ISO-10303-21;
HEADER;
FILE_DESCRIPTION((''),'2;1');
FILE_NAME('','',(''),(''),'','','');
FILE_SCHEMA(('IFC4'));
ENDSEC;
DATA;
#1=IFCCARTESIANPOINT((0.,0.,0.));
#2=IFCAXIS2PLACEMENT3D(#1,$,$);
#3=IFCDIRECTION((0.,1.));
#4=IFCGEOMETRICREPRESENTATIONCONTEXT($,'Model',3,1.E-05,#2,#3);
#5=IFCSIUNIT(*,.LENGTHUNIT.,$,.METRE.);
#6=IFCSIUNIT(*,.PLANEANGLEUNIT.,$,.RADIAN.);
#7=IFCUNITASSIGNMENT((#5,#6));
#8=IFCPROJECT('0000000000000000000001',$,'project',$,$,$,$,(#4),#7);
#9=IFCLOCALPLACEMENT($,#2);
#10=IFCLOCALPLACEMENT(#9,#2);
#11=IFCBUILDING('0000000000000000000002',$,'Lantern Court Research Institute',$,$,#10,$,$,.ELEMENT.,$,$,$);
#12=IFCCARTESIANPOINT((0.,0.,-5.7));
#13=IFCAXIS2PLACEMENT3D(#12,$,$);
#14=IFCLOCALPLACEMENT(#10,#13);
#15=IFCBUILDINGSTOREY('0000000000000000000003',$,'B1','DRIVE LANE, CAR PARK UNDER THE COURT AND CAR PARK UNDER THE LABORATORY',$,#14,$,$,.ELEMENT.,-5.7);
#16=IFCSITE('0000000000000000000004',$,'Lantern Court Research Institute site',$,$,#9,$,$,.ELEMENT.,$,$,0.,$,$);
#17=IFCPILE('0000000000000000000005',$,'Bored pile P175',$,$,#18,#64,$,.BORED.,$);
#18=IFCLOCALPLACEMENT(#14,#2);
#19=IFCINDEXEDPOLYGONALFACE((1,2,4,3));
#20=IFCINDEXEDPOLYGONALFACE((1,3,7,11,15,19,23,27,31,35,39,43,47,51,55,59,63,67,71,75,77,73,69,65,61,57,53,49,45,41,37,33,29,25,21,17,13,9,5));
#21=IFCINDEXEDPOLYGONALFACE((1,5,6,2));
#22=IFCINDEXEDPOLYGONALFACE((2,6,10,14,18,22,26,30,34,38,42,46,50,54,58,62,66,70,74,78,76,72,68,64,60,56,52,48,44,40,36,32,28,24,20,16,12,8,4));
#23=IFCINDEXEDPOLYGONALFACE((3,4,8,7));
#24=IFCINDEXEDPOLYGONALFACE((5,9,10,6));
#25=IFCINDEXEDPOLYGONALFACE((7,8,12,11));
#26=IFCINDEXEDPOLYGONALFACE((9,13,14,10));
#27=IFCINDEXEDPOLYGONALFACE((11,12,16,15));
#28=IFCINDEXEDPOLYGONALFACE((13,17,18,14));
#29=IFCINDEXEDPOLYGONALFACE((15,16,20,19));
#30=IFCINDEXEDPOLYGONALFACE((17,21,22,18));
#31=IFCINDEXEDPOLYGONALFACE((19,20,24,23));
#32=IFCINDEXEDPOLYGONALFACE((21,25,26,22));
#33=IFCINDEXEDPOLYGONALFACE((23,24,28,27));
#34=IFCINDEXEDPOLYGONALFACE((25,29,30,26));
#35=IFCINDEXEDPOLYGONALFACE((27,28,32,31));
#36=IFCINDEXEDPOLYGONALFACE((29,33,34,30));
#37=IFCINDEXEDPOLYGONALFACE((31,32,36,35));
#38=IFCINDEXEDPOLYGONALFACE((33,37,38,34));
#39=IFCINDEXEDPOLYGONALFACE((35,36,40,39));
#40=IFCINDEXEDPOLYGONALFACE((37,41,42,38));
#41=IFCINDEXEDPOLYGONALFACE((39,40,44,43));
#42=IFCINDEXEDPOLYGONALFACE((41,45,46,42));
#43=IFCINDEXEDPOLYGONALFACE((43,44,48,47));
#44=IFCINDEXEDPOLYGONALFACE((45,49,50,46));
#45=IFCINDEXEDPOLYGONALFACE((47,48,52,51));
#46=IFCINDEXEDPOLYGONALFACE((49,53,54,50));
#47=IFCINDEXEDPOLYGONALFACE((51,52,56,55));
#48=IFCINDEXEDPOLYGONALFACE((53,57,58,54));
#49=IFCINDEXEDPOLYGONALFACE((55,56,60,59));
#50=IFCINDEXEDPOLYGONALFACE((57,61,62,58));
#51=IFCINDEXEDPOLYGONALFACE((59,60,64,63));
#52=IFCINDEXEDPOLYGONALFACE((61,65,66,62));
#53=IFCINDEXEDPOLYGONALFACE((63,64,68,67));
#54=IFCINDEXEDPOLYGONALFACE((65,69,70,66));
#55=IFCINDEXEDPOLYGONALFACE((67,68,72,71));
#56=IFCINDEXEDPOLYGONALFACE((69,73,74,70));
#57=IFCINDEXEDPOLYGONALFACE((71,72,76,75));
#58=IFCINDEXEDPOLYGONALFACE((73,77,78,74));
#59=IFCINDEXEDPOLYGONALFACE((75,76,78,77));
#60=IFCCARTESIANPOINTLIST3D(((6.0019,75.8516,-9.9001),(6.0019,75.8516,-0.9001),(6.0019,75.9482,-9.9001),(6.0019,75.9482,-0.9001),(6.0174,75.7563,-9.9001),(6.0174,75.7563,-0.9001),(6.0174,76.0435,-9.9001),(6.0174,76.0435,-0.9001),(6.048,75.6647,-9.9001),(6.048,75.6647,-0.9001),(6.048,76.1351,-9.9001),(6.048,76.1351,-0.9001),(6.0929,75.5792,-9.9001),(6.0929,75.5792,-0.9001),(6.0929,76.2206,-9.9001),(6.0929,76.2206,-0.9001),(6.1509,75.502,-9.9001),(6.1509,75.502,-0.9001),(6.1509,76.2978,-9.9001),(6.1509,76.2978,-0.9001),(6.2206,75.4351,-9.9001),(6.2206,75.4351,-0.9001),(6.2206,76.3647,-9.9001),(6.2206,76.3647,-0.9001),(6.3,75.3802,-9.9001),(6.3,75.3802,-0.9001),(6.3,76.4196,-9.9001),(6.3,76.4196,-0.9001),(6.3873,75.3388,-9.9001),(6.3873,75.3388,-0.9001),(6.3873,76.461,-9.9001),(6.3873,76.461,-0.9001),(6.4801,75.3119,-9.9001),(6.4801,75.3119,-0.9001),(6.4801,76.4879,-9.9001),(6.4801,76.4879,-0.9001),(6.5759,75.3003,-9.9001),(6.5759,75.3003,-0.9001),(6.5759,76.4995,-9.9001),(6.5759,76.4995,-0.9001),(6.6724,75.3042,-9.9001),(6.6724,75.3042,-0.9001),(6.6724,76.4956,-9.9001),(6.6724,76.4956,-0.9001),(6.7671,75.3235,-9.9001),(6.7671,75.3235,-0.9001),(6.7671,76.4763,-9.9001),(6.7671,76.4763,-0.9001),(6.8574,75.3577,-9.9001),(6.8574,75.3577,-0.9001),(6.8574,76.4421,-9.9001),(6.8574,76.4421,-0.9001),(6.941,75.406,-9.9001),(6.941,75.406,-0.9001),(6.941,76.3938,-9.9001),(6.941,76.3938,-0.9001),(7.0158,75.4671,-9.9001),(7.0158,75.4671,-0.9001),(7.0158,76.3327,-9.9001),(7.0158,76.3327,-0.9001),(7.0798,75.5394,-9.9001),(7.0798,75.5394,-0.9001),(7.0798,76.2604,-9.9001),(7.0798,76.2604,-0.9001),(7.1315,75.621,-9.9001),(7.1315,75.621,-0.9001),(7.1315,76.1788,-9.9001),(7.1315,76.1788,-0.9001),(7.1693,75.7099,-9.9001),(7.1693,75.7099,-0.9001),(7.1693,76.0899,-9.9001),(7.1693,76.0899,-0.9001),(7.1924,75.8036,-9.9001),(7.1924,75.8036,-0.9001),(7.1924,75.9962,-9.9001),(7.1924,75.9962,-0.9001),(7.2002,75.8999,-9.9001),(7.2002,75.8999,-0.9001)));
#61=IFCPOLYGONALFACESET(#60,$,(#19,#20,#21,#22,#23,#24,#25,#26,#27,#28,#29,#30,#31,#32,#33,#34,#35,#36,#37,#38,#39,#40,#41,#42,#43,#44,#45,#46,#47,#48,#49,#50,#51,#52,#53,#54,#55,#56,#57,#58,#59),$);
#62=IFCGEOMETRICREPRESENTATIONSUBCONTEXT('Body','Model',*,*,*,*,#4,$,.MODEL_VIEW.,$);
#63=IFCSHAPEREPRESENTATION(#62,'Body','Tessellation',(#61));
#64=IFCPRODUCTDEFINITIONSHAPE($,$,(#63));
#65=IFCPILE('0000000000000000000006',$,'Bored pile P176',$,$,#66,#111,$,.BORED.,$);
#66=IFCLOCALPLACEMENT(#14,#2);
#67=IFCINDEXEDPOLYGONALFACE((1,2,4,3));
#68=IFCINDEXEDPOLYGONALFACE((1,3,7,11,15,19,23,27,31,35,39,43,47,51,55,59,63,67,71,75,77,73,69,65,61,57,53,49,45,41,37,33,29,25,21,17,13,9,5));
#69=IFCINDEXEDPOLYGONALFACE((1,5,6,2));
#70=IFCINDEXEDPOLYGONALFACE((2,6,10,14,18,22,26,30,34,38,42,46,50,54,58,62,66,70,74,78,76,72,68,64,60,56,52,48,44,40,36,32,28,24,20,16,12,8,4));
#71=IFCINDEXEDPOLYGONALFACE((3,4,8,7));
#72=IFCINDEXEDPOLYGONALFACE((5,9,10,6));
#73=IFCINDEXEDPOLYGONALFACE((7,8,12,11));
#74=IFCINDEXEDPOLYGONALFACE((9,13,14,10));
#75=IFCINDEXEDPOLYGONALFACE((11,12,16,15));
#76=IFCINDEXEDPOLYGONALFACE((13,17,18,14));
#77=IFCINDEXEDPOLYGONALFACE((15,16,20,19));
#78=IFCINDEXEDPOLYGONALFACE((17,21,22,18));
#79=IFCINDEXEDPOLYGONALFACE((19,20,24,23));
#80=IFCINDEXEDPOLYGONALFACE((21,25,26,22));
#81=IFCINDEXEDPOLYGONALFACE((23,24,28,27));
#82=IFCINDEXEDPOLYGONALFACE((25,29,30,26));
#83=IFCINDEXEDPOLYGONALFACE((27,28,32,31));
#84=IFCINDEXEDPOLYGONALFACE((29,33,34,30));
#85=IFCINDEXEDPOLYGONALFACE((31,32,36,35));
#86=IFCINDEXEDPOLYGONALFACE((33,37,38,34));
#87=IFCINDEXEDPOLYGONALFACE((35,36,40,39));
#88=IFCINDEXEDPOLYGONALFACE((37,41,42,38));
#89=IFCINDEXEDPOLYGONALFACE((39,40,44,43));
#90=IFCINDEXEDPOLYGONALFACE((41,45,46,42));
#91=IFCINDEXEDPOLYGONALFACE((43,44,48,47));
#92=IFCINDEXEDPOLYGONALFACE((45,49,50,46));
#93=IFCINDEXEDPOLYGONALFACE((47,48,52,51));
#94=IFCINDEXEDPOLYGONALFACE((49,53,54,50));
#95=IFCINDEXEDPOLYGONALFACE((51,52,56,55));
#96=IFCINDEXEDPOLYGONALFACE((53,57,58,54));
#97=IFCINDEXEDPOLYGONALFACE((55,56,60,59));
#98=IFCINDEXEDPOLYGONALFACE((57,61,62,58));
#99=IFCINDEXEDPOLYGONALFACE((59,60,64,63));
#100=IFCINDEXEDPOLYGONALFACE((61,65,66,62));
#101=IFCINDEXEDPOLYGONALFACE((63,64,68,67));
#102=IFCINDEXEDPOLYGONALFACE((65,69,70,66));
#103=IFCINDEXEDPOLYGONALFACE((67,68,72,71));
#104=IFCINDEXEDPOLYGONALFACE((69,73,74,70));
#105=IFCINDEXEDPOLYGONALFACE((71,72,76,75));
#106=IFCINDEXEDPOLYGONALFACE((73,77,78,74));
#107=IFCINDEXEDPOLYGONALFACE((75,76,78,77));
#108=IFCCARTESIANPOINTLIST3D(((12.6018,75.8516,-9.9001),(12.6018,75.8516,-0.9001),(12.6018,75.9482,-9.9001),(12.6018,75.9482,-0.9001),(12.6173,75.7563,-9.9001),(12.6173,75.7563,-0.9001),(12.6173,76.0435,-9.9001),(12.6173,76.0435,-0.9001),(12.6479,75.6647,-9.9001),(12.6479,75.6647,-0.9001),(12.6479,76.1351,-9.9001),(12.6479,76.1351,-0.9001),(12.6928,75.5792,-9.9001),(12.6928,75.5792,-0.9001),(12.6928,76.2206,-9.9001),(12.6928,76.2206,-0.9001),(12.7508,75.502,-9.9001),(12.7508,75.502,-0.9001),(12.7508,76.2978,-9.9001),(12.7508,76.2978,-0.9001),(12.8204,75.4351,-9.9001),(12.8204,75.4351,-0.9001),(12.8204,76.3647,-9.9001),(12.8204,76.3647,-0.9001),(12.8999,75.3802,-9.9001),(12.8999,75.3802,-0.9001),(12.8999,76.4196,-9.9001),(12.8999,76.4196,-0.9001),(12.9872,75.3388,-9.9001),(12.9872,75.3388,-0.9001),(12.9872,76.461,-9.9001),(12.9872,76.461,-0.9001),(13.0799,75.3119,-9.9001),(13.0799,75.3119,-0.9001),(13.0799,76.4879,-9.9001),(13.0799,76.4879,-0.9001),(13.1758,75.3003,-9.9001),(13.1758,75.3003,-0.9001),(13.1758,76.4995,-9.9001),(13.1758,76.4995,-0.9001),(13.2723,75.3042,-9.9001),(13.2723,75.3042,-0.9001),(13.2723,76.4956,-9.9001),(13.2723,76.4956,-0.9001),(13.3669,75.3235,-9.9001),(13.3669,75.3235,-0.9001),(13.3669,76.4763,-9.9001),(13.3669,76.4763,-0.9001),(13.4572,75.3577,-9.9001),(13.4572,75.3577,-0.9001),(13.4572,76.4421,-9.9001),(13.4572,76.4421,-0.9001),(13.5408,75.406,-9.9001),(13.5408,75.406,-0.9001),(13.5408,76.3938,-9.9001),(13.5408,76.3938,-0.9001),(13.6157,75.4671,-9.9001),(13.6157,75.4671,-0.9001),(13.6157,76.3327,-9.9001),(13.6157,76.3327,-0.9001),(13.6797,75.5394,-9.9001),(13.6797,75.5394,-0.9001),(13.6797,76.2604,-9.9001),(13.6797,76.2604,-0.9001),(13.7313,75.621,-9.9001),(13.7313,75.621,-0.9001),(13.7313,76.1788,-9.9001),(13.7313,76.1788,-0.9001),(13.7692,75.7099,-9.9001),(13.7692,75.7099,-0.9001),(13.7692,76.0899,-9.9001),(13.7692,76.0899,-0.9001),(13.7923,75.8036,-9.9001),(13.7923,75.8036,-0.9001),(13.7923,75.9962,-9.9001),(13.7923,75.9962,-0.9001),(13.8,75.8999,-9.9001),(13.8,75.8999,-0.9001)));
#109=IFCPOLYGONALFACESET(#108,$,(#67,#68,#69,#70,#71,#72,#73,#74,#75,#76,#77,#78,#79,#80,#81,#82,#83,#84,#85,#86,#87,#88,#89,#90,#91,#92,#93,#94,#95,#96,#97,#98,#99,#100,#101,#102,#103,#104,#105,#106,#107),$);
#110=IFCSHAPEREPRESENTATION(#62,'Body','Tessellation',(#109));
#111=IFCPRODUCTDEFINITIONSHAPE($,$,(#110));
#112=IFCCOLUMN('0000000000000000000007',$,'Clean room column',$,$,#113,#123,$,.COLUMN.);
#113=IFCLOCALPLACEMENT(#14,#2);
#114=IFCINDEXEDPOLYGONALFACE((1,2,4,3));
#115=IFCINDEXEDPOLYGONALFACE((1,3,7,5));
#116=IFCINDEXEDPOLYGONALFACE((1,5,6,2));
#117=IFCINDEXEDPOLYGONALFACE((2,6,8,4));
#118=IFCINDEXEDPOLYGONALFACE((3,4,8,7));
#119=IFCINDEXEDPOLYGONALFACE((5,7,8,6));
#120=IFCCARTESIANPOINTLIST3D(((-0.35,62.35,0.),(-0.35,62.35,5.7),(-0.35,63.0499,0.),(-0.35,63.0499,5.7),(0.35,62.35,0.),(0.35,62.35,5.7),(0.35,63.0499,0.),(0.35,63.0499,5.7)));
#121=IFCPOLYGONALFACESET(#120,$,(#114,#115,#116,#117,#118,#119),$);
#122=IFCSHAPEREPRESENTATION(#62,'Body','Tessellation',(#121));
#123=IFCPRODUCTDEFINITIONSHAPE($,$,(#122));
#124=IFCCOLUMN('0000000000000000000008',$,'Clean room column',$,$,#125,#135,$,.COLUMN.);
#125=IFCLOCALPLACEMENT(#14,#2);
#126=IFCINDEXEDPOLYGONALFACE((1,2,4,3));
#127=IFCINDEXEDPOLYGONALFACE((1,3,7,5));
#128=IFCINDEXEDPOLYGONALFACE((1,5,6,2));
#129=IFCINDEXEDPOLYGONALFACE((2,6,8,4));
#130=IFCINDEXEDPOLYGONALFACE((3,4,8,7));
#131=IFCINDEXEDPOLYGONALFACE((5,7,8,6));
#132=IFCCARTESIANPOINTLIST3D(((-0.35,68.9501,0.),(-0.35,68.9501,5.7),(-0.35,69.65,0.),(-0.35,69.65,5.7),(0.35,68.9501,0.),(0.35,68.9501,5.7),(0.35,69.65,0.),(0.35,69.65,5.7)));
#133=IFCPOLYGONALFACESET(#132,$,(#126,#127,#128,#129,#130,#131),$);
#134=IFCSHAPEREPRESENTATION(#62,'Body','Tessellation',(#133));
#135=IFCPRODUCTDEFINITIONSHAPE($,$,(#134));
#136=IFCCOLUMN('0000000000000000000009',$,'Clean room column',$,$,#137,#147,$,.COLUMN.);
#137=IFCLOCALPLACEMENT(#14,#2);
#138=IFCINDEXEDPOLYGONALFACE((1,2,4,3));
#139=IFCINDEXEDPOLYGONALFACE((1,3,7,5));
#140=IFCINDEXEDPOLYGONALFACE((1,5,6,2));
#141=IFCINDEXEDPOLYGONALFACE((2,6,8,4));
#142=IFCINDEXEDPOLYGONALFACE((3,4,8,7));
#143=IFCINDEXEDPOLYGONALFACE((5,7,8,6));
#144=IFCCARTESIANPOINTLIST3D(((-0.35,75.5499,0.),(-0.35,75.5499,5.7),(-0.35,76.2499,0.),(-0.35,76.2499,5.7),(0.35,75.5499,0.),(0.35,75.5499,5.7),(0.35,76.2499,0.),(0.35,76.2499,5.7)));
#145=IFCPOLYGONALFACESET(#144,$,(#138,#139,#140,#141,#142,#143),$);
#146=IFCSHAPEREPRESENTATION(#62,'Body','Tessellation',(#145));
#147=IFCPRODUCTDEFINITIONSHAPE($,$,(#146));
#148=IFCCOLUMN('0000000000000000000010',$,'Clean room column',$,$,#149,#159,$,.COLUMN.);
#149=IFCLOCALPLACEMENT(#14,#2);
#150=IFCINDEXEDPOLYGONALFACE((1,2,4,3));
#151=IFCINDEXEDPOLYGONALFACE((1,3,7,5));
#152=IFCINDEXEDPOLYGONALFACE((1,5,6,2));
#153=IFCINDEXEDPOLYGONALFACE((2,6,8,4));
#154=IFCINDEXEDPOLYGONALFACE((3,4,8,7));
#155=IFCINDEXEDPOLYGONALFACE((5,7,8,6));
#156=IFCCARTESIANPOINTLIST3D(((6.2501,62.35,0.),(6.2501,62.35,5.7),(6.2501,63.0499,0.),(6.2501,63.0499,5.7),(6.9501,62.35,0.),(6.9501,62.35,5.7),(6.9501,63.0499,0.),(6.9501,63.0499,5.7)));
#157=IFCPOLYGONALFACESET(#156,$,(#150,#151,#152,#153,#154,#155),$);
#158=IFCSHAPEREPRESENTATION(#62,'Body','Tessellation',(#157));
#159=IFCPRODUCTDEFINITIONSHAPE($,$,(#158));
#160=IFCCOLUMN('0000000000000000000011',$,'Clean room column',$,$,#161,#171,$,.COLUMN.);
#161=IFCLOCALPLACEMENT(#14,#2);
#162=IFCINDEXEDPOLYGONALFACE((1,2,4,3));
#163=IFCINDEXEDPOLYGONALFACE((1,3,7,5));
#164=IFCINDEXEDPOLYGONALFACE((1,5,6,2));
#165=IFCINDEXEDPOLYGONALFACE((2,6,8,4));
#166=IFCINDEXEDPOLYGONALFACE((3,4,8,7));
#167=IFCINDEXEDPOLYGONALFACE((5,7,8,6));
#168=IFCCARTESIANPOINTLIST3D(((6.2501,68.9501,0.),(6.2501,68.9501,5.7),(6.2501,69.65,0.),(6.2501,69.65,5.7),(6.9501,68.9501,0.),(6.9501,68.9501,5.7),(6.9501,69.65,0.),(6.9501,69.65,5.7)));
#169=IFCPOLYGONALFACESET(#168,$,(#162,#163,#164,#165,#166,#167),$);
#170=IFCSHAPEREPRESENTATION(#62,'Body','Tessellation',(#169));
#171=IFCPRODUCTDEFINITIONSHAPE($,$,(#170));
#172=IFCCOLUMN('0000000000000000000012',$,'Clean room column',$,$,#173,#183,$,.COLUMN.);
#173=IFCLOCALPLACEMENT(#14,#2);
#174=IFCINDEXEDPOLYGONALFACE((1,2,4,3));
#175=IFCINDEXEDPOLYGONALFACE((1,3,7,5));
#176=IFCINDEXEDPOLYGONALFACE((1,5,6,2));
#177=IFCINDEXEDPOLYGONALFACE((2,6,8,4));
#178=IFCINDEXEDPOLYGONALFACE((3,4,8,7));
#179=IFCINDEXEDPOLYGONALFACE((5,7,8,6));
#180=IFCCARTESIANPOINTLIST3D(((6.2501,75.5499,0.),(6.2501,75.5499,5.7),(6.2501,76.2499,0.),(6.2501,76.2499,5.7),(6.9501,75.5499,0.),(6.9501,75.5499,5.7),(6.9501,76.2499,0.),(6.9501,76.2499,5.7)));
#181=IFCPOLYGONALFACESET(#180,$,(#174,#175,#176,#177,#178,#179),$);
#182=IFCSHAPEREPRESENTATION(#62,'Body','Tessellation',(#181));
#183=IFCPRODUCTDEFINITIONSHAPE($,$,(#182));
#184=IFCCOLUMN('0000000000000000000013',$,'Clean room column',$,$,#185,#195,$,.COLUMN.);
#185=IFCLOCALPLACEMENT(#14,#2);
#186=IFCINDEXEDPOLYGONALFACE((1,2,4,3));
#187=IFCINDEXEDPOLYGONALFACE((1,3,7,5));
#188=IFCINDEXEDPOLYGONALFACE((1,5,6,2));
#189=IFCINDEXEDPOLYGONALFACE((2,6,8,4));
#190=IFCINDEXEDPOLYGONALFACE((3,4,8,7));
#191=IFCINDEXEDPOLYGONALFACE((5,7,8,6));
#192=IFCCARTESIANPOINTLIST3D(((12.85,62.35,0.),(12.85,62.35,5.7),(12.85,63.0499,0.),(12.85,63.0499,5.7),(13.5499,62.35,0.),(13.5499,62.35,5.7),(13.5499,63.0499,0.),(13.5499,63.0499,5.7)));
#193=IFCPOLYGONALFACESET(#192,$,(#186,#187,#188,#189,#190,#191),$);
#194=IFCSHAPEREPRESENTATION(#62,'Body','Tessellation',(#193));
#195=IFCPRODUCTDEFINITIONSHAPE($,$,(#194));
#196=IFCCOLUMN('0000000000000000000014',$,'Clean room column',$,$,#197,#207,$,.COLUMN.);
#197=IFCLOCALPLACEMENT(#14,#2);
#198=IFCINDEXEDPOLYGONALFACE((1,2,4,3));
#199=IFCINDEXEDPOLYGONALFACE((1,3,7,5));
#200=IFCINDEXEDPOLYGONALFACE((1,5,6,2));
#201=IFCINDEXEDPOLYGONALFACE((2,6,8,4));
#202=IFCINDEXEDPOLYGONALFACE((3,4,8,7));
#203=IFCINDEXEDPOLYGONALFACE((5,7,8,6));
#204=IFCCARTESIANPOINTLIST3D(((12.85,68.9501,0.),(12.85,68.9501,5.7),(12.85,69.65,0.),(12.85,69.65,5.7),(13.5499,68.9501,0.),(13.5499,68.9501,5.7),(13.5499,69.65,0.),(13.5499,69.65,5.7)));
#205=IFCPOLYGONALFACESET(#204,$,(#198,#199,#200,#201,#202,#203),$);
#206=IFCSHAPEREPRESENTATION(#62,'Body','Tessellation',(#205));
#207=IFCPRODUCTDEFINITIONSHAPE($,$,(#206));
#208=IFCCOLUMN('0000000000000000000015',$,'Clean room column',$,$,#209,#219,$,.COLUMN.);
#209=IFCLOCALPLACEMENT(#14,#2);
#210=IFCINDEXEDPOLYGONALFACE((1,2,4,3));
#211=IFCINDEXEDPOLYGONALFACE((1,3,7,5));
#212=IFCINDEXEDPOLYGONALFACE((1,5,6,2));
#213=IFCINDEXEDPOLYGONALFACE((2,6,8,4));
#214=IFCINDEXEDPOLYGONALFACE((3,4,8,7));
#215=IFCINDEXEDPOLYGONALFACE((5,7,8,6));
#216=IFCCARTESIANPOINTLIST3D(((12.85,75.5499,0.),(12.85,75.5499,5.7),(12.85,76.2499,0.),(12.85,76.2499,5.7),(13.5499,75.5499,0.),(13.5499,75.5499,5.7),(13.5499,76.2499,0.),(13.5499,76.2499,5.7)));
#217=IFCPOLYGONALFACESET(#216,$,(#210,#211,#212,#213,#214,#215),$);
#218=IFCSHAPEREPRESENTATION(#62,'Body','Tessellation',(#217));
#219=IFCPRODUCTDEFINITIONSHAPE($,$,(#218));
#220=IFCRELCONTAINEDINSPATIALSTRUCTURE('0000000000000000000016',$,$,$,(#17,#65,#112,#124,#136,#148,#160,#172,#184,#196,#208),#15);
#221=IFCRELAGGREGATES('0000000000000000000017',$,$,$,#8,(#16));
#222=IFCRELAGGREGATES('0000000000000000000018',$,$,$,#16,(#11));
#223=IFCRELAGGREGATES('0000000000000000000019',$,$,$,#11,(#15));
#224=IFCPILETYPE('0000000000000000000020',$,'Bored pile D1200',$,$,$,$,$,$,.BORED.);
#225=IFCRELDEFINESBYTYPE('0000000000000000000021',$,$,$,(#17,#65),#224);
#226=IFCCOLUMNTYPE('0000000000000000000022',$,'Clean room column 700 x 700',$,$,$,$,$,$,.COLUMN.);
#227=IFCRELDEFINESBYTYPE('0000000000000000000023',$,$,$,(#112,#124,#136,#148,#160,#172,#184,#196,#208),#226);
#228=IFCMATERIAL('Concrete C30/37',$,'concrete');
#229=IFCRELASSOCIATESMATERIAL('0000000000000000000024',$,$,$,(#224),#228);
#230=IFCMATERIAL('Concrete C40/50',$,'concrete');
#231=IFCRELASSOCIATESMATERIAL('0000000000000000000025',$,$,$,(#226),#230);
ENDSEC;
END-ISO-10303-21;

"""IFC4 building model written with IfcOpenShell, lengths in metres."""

from ifc_helpers import new_model, si_unit, direction, frame, origin, origin_2d, place, context, subcontext, project, spatial, rectangle, circle, extrude, material, material_profile, profile_set, type_object, element, save


model = new_model("IFC4")

# Units and contexts
model_context = context("Model", 3, precision=1e-05, world=origin(), true_north=direction((0.0, 1.0)))
body_context = subcontext(model_context, "Body", "Model", "MODEL_VIEW")
ifc_project = project(units=[si_unit("LENGTHUNIT", "METRE"), si_unit("PLANEANGLEUNIT", "RADIAN")], contexts=[model_context])

# Site, building, storey
site_placement = place(None, origin())
site = spatial("IfcSite", under=ifc_project, at=site_placement, Name="Lantern Court Research Institute site", CompositionType="ELEMENT", RefElevation=0.0)
building_placement = place(site_placement, origin())
building = spatial("IfcBuilding", under=site, at=building_placement, Name="Lantern Court Research Institute", CompositionType="ELEMENT")
storey_placement = place(building_placement, frame((0.0, 0.0, -5.7)))
storey = spatial("IfcBuildingStorey", under=building, at=storey_placement, Name="B1", Description="DRIVE LANE, CAR PARK UNDER THE COURT AND CAR PARK UNDER THE LABORATORY", CompositionType="ELEMENT", Elevation=-5.7)

# Piles
ifc_material_1 = material(Name="Concrete C30/37", Category="concrete")
ifc_material_profile_1 = material_profile(ifc_material_1, circle(Radius=0.6001, at=origin_2d()), Name="Bored pile D1200")
ifc_profile_set_1 = profile_set([ifc_material_profile_1], Name="Concrete C30/37")
pile_type_1 = type_object("IfcPileType", Name="Bored pile D1200", PredefinedType="BORED", material=ifc_profile_set_1)
for number, where, z_axis, x_axis, name in (
    (1, (6.6001, 75.8999, -0.9001), (0.0, 0.0, -1.0), (1.0, 0.0, 0.0), "Bored pile P175"),
    (2, (13.2, 75.8999, -0.9001), (0.0, 0.0, -1.0), (1.0, 0.0, 0.0), "Bored pile P176"),
):
    element("IfcPile", number, at=place(storey_placement, frame(where, z_axis=z_axis, x_axis=x_axis)), inside=storey, type_object=pile_type_1, Name=name, PredefinedType="BORED", context=body_context, shape_type="SweptSolid", body=[
        extrude(circle(Radius=0.6001, at=origin_2d()), origin(), (0.0, 0.0, 1.0), 9.0),
    ])

# Columns
ifc_material_2 = material(Name="Concrete C40/50", Category="concrete")
ifc_material_profile_2 = material_profile(ifc_material_2, rectangle(XDim=0.7, YDim=0.7, at=origin_2d()), Name="Clean room column 700 x 700")
ifc_profile_set_2 = profile_set([ifc_material_profile_2], Name="Concrete C40/50")
column_type = type_object("IfcColumnType", Name="Clean room column 700 x 700", PredefinedType="COLUMN", material=ifc_profile_set_2)
for number, where, z_axis, x_axis, name in (
    (3, (0.0, 62.7, 0.0), (0.0, 0.0, 1.0), (1.0, 0.0, 0.0), "Clean room column"),
    (4, (0.0, 69.3, 0.0), (0.0, 0.0, 1.0), (1.0, 0.0, 0.0), "Clean room column"),
    (5, (0.0, 75.8999, 0.0), (0.0, 0.0, 1.0), (1.0, 0.0, 0.0), "Clean room column"),
    (6, (6.6001, 62.7, 0.0), (0.0, 0.0, 1.0), (1.0, 0.0, 0.0), "Clean room column"),
    (7, (6.6001, 69.3, 0.0), (0.0, 0.0, 1.0), (1.0, 0.0, 0.0), "Clean room column"),
    (8, (6.6001, 75.8999, 0.0), (0.0, 0.0, 1.0), (1.0, 0.0, 0.0), "Clean room column"),
    (9, (13.2, 62.7, 0.0), (0.0, 0.0, 1.0), (1.0, 0.0, 0.0), "Clean room column"),
    (10, (13.2, 69.3, 0.0), (0.0, 0.0, 1.0), (1.0, 0.0, 0.0), "Clean room column"),
    (11, (13.2, 75.8999, 0.0), (0.0, 0.0, 1.0), (1.0, 0.0, 0.0), "Clean room column"),
):
    element("IfcColumn", number, at=place(storey_placement, frame(where, z_axis=z_axis, x_axis=x_axis)), inside=storey, type_object=column_type, Name=name, PredefinedType="COLUMN", context=body_context, shape_type="SweptSolid", body=[
        extrude(rectangle(XDim=0.7, YDim=0.7, at=origin_2d()), origin(), (0.0, 0.0, 1.0), 5.7),
    ])

save(model, "model.ifc")
